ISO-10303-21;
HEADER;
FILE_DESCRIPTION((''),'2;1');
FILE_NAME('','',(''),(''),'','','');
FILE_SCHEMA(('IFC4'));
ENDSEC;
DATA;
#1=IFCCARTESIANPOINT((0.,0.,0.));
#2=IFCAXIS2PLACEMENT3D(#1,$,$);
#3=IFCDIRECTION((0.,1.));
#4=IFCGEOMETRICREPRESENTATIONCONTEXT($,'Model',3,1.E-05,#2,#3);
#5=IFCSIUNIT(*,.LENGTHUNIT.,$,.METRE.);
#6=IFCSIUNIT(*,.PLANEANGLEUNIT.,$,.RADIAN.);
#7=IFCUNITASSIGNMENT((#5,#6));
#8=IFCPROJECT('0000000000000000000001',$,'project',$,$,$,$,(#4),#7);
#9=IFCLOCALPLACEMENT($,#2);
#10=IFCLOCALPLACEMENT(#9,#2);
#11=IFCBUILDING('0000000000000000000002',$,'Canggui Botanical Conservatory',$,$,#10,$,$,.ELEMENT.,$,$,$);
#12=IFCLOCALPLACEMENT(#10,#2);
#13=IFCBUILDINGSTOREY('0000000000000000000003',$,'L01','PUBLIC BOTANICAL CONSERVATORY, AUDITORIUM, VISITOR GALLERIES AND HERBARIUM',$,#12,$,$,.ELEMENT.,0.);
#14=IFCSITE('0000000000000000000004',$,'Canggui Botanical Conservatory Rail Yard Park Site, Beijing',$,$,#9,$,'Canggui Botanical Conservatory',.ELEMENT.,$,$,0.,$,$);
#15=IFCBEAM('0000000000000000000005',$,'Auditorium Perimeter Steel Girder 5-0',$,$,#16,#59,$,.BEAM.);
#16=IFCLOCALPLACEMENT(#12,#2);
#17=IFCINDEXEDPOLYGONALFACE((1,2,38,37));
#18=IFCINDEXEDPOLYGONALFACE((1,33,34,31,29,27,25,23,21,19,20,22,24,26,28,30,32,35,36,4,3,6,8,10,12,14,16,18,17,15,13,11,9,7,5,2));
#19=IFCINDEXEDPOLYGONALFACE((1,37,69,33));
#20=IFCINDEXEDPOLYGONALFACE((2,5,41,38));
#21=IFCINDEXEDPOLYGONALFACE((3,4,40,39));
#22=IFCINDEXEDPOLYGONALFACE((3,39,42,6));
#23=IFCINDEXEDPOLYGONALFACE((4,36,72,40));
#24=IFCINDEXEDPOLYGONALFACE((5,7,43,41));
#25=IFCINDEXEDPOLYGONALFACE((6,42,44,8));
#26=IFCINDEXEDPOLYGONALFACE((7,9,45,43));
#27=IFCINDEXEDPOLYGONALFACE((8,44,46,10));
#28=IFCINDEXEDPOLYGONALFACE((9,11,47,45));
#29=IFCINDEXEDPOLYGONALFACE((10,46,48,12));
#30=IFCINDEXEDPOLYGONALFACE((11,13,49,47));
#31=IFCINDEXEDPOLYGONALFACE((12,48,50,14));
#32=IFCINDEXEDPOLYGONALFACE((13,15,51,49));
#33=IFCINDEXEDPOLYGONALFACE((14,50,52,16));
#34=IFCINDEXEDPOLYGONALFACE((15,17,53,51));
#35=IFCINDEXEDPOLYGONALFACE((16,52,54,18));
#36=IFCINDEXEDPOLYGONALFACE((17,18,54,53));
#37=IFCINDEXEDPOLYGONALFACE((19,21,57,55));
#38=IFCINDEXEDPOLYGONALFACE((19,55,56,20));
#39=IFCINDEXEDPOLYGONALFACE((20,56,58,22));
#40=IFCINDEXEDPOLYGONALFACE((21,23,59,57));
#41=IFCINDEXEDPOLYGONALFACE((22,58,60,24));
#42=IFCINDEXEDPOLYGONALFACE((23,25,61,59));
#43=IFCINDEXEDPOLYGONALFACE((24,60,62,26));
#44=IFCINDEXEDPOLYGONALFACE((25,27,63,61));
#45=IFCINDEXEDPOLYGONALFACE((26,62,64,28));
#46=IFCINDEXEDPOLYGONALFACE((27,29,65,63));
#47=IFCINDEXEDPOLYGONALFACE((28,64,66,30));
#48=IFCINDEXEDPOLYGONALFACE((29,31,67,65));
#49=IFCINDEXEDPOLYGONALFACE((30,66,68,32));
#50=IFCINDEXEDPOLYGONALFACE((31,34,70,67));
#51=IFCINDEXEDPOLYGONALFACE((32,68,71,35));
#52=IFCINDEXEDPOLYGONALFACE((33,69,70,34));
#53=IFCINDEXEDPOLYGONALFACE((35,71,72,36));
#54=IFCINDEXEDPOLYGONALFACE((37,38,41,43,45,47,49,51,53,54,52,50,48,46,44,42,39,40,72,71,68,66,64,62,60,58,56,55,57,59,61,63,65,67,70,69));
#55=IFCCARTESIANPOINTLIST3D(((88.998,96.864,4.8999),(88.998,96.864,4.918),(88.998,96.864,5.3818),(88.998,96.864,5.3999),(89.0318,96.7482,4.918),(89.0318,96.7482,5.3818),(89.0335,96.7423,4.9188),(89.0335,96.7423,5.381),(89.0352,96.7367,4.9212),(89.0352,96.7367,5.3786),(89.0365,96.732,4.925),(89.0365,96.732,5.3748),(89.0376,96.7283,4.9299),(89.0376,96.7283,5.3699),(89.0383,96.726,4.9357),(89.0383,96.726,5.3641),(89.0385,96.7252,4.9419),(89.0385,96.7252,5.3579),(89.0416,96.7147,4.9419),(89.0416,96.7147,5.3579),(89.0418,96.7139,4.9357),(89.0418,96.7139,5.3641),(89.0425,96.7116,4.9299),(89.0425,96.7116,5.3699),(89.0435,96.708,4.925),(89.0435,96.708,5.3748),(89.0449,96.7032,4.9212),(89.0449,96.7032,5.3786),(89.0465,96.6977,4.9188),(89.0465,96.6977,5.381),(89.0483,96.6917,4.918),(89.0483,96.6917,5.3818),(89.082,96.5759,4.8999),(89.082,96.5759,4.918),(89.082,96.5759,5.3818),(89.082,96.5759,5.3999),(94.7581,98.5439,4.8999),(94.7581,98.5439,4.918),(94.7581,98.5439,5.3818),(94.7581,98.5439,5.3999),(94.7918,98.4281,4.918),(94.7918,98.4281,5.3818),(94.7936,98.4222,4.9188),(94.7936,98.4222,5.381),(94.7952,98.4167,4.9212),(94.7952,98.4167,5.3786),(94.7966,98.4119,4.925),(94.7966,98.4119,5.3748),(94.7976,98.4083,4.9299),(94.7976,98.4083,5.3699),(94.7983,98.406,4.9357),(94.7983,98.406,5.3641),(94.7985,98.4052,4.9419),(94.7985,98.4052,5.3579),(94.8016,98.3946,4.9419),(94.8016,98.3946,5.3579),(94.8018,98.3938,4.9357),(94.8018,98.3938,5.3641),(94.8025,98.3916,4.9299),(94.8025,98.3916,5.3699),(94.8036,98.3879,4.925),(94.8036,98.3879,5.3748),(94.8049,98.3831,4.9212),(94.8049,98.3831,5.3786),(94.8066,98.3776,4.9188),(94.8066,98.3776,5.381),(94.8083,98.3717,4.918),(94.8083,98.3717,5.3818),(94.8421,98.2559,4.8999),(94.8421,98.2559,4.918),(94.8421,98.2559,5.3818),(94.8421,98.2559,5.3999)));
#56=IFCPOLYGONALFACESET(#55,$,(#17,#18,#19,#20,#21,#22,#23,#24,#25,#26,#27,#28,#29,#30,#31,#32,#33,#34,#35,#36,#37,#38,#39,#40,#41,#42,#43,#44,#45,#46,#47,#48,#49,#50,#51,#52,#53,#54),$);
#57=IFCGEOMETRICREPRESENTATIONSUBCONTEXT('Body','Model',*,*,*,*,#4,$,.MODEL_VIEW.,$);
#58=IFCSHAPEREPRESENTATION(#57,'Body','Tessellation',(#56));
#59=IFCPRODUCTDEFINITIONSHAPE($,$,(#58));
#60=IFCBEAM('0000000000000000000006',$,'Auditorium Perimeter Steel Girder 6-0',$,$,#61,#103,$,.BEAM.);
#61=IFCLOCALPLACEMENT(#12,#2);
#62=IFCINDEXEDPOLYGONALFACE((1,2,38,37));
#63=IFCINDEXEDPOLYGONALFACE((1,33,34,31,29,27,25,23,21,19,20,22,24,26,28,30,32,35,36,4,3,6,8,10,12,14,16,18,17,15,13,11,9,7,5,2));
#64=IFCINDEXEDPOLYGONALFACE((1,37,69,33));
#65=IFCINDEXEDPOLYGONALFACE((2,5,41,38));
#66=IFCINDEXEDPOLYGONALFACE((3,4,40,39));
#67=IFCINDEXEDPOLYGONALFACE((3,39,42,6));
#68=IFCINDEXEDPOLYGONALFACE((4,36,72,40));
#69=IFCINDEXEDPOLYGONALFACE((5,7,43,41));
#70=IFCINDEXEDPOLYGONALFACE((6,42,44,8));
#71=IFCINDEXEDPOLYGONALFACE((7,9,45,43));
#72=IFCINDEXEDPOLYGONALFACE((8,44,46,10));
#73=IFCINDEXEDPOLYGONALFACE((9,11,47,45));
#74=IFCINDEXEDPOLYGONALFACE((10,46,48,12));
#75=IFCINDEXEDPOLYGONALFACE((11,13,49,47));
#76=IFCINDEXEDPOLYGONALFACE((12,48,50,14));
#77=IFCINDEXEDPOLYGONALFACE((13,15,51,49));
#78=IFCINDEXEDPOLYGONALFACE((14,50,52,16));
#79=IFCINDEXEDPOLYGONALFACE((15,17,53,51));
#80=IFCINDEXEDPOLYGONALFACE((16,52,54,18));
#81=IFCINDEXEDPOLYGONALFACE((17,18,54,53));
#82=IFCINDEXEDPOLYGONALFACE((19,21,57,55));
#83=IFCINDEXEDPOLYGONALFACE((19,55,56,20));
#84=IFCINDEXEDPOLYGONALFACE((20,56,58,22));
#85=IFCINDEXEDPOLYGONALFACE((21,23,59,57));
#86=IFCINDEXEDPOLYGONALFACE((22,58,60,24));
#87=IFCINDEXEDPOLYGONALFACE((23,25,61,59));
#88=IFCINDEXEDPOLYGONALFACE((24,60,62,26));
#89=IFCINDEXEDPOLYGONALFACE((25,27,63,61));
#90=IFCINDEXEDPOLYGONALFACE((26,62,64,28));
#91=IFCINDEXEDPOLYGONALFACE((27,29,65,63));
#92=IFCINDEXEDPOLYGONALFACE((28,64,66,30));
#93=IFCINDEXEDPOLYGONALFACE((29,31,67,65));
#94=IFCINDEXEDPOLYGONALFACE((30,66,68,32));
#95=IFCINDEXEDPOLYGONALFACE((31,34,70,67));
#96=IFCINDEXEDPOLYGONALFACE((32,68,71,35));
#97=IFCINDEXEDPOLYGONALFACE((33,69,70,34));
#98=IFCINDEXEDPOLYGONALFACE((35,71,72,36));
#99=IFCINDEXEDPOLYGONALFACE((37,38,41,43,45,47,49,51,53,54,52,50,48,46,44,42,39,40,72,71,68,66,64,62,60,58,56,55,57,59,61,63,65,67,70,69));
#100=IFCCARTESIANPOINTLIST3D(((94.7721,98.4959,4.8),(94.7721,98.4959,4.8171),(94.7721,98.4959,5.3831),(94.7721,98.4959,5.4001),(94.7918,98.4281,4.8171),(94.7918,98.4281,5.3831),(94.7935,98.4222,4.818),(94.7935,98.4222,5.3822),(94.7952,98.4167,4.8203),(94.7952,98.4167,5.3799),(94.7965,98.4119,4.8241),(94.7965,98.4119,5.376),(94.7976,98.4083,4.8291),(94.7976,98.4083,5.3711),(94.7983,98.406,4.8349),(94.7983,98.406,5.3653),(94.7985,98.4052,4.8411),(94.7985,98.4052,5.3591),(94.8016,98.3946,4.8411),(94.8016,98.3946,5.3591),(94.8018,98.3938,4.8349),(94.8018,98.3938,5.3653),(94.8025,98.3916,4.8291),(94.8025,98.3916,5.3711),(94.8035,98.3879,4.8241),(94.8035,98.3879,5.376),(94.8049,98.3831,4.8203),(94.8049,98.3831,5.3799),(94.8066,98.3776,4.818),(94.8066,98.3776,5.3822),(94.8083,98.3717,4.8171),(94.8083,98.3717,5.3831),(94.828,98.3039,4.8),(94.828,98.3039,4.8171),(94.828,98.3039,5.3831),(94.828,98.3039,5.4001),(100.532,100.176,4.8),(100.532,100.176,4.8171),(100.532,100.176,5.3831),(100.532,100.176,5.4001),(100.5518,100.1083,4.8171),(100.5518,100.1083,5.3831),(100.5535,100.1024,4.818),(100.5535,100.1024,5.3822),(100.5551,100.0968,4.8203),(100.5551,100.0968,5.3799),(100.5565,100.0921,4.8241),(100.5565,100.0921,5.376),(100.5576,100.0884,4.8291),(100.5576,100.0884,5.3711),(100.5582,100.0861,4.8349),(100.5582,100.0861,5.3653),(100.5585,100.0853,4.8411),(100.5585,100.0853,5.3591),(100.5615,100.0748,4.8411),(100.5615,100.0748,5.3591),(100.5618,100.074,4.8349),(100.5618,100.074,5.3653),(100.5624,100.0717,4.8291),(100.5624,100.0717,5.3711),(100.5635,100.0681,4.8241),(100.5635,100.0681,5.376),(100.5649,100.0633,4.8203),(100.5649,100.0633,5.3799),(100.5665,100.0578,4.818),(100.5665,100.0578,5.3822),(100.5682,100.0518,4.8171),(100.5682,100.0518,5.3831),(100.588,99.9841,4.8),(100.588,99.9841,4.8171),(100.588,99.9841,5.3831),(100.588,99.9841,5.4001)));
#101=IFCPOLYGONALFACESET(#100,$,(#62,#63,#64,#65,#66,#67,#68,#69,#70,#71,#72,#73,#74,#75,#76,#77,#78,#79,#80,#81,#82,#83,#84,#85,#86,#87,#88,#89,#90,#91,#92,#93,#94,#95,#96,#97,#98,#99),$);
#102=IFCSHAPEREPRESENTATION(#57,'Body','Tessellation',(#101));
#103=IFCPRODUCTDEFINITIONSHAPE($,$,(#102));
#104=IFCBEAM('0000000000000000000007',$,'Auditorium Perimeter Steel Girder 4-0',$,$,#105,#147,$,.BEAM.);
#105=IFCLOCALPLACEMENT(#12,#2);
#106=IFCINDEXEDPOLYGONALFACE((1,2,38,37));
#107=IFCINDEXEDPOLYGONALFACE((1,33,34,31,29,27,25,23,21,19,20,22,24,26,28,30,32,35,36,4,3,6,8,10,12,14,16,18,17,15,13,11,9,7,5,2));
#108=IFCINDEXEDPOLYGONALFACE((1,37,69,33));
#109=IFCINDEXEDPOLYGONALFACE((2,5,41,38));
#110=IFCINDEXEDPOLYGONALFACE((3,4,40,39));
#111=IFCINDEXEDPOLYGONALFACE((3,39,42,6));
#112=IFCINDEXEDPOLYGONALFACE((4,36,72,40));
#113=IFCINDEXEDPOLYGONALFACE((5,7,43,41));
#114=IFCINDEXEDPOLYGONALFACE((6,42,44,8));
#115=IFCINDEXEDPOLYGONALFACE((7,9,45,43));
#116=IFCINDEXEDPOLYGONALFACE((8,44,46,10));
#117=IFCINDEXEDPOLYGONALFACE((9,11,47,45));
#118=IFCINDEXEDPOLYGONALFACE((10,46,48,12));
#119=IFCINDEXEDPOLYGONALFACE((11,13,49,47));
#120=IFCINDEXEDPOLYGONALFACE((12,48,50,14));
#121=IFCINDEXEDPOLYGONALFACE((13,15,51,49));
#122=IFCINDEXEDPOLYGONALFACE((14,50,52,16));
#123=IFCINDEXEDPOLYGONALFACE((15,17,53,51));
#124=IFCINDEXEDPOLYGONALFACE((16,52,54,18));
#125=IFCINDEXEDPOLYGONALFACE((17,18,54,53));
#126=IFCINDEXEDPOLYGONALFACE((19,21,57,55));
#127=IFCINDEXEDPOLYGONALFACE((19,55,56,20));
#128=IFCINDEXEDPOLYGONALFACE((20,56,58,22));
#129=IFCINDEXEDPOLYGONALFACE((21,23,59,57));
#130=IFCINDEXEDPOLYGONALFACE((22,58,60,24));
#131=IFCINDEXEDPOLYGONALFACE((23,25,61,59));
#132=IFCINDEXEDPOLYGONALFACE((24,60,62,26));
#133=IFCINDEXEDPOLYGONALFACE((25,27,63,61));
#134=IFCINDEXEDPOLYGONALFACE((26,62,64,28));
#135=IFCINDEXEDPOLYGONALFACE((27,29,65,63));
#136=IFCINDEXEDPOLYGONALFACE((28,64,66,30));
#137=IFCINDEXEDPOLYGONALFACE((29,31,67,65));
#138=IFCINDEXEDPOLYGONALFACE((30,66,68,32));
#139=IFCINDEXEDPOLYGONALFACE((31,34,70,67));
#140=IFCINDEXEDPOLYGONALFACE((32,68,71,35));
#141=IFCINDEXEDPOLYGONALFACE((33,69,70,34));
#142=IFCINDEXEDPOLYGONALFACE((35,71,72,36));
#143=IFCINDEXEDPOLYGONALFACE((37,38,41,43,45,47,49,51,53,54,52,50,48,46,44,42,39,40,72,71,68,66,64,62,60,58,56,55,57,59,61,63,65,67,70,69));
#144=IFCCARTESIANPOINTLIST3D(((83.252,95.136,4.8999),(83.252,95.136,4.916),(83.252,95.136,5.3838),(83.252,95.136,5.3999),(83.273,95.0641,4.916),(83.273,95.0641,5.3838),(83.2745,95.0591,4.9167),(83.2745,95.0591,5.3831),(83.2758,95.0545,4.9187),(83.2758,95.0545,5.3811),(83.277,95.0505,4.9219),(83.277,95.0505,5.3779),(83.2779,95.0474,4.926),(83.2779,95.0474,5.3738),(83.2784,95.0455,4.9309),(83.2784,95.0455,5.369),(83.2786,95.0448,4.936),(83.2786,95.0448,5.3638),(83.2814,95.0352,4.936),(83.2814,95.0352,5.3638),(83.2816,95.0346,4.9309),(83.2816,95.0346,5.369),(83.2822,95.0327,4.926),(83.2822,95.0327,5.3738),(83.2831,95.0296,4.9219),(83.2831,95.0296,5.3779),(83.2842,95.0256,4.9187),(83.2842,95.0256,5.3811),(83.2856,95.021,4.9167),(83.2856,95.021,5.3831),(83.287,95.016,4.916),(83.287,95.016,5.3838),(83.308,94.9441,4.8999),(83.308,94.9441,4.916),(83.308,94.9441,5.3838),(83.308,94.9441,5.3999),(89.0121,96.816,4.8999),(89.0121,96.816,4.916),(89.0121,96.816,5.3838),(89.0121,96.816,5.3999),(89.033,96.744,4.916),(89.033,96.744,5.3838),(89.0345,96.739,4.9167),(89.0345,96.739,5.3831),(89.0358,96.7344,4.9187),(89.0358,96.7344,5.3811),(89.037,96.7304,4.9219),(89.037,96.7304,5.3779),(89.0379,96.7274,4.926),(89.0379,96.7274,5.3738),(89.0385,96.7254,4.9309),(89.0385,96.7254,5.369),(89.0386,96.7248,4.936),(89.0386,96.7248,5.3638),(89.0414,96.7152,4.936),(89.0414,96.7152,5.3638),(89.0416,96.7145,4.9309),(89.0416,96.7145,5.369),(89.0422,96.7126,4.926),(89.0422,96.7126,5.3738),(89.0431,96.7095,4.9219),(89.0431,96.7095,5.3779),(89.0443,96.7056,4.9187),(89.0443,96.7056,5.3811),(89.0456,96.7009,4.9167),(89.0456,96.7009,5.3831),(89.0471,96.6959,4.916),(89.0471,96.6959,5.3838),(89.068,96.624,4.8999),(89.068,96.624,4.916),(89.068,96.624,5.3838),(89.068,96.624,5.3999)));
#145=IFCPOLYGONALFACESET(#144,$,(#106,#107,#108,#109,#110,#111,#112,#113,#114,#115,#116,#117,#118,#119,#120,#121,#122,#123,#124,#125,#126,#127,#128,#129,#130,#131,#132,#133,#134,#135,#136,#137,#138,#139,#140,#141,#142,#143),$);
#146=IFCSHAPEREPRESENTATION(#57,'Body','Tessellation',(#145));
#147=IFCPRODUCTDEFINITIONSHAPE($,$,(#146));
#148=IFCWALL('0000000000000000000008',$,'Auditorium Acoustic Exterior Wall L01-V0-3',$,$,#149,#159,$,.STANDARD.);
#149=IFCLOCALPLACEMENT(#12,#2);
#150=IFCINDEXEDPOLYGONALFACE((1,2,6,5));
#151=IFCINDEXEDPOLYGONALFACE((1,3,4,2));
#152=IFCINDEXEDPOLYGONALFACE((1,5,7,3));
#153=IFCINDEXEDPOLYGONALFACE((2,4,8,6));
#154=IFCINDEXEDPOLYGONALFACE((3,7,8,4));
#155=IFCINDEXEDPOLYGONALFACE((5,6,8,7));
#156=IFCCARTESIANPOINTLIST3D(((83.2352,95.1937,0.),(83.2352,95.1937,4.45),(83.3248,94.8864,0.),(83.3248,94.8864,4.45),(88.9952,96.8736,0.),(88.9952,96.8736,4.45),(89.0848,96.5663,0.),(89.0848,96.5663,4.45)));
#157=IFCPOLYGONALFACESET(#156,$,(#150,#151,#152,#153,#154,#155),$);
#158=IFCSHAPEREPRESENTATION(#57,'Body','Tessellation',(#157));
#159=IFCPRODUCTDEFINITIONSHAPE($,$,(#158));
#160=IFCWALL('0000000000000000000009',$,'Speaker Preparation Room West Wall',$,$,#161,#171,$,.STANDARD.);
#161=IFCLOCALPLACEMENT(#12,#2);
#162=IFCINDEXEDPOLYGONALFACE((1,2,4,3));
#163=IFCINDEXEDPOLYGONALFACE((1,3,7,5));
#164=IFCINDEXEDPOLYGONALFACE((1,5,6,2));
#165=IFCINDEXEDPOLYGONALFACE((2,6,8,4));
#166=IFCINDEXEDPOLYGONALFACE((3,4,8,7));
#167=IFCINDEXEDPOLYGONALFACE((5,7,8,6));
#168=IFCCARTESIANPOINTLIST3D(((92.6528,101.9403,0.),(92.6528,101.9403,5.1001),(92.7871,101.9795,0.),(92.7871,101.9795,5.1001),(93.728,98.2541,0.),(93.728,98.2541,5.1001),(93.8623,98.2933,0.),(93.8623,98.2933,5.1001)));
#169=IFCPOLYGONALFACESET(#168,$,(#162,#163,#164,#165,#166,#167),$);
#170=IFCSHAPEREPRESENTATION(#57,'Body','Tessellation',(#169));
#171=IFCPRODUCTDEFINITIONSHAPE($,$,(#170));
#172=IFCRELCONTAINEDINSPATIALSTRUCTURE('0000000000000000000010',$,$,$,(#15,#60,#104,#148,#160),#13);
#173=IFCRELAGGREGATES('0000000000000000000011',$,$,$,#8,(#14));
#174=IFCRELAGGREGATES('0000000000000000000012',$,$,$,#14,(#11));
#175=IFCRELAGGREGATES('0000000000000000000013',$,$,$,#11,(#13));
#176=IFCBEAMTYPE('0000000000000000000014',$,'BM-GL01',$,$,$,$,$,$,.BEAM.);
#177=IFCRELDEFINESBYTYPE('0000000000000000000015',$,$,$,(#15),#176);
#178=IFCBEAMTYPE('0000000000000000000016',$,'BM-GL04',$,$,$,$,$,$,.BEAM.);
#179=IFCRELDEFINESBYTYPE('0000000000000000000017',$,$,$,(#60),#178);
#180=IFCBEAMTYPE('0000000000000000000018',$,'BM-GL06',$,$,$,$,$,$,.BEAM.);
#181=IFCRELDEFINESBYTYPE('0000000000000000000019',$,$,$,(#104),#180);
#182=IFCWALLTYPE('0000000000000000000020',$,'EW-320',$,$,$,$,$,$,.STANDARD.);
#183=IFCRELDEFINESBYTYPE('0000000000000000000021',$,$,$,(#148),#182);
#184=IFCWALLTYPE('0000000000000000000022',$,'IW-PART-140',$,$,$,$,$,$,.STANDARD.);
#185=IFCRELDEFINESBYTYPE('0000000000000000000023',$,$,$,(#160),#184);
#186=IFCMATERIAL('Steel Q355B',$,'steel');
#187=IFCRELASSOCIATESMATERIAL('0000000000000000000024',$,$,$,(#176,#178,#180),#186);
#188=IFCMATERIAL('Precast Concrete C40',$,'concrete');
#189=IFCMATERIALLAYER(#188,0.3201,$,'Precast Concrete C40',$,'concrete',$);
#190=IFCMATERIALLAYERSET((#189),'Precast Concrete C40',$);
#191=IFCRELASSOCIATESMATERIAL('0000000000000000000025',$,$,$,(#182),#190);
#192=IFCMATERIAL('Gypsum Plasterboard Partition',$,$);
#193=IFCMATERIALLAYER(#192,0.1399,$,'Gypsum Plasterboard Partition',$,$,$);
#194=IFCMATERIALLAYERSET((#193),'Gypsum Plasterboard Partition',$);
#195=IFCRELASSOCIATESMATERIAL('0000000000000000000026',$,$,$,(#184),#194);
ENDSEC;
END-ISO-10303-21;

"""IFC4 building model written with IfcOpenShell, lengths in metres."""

from ifc_helpers import new_model, si_unit, direction, frame, frame_2d, origin, origin_2d, place, context, subcontext, project, spatial, rectangle, i_section, extrude, material, layer, layer_set, material_profile, profile_set, type_object, element, save


model = new_model("IFC4")

# Units and contexts
model_context = context("Model", 3, precision=1e-05, world=origin(), true_north=direction((0.0, 1.0)))
body_context = subcontext(model_context, "Body", "Model", "MODEL_VIEW")
ifc_project = project(units=[si_unit("LENGTHUNIT", "METRE"), si_unit("PLANEANGLEUNIT", "RADIAN")], contexts=[model_context])

# Site, building, storey
site_placement = place(None, origin())
site = spatial("IfcSite", under=ifc_project, at=site_placement, Name="Canggui Botanical Conservatory Rail Yard Park Site, Beijing", LongName="Canggui Botanical Conservatory", CompositionType="ELEMENT", RefElevation=0.0)
building_placement = place(site_placement, origin())
building = spatial("IfcBuilding", under=site, at=building_placement, Name="Canggui Botanical Conservatory", CompositionType="ELEMENT")
storey_placement = place(building_placement, origin())
storey = spatial("IfcBuildingStorey", under=building, at=storey_placement, Name="L01", Description="PUBLIC BOTANICAL CONSERVATORY, AUDITORIUM, VISITOR GALLERIES AND HERBARIUM", CompositionType="ELEMENT", Elevation=0.0)

# Beams
ifc_material_1 = material(Name="Steel Q355B", Category="steel")
ifc_material_profile_1 = material_profile(ifc_material_1, i_section(OverallWidth=0.3, OverallDepth=0.5, WebThickness=0.011, FlangeThickness=0.0181, FilletRadius=0.0239, at=origin_2d()), Name="HM 500x300x11x18")
ifc_profile_set_1 = profile_set([ifc_material_profile_1], Name="Steel Q355B")
beam_type_1 = type_object("IfcBeamType", Name="BM-GL01", PredefinedType="BEAM", material=ifc_profile_set_1)
beam_1_placement = place(storey_placement, frame((89.04, 96.72, 5.1499), z_axis=(0.960003, 0.279989, 0.0), x_axis=(-0.279989, 0.960003, 0.0)))
element("IfcBeam", 1, at=beam_1_placement, inside=storey, type_object=beam_type_1, Name="Auditorium Perimeter Steel Girder 5-0", PredefinedType="BEAM", context=body_context, shape_type="SweptSolid", body=[
    extrude(i_section(OverallWidth=0.3, OverallDepth=0.5, WebThickness=0.011, FlangeThickness=0.0181, FilletRadius=0.0239, at=origin_2d()), origin(), (0.0, 0.0, 1.0), 6.0),
])
ifc_material_profile_2 = material_profile(ifc_material_1, i_section(OverallWidth=0.2, OverallDepth=0.6001, WebThickness=0.011, FlangeThickness=0.0171, FilletRadius=0.0239, at=origin_2d()), Name="HN 600x200x11x17")
ifc_profile_set_2 = profile_set([ifc_material_profile_2], Name="Steel Q355B")
beam_type_2 = type_object("IfcBeamType", Name="BM-GL04", PredefinedType="BEAM", material=ifc_profile_set_2)
beam_2_placement = place(storey_placement, frame((94.8, 98.3999, 5.1001), z_axis=(0.959992, 0.280027, 0.0), x_axis=(-0.280027, 0.959992, 0.0)))
element("IfcBeam", 2, at=beam_2_placement, inside=storey, type_object=beam_type_2, Name="Auditorium Perimeter Steel Girder 6-0", PredefinedType="BEAM", context=body_context, shape_type="SweptSolid", body=[
    extrude(i_section(OverallWidth=0.2, OverallDepth=0.6001, WebThickness=0.011, FlangeThickness=0.0171, FilletRadius=0.0239, at=origin_2d()), origin(), (0.0, 0.0, 1.0), 6.0),
])
ifc_material_profile_3 = material_profile(ifc_material_1, i_section(OverallWidth=0.2, OverallDepth=0.5, WebThickness=0.01, FlangeThickness=0.0161, FilletRadius=0.02, at=origin_2d()), Name="HN 500x200x10x16")
ifc_profile_set_3 = profile_set([ifc_material_profile_3], Name="Steel Q355B")
beam_type_3 = type_object("IfcBeamType", Name="BM-GL06", PredefinedType="BEAM", material=ifc_profile_set_3)
beam_3_placement = place(storey_placement, frame((83.28, 95.04, 5.1499), z_axis=(0.960003, 0.279989, 0.0), x_axis=(-0.279989, 0.960003, 0.0)))
element("IfcBeam", 3, at=beam_3_placement, inside=storey, type_object=beam_type_3, Name="Auditorium Perimeter Steel Girder 4-0", PredefinedType="BEAM", context=body_context, shape_type="SweptSolid", body=[
    extrude(i_section(OverallWidth=0.2, OverallDepth=0.5, WebThickness=0.01, FlangeThickness=0.0161, FilletRadius=0.02, at=origin_2d()), origin(), (0.0, 0.0, 1.0), 6.0),
])

# Shared definitions
ifc_material_2 = material(Name="Precast Concrete C40", Category="concrete")
ifc_layer_1 = layer(ifc_material_2, 0.3201, Name="Precast Concrete C40", Category="concrete")
ifc_layer_set_1 = layer_set([ifc_layer_1], Name="Precast Concrete C40")
wall_type_1 = type_object("IfcWallType", Name="EW-320", PredefinedType="STANDARD", material=ifc_layer_set_1)

# Wall
wall_1_placement = place(storey_placement, frame((89.04, 96.72, 0.0), z_axis=(0.0, 0.0, 1.0), x_axis=(-0.960003, -0.279989, 0.0)))
element("IfcWall", 4, at=wall_1_placement, inside=storey, type_object=wall_type_1, Name="Auditorium Acoustic Exterior Wall L01-V0-3", PredefinedType="STANDARD", context=body_context, shape_type="SweptSolid", body=[
    extrude(rectangle(XDim=6.0, YDim=0.3201, at=frame_2d((3.0, 0.0))), origin(), (0.0, 0.0, 1.0), 4.45),
])

# Wall
ifc_material_3 = material(Name="Gypsum Plasterboard Partition")
ifc_layer_2 = layer(ifc_material_3, 0.1399, Name="Gypsum Plasterboard Partition")
ifc_layer_set_2 = layer_set([ifc_layer_2], Name="Gypsum Plasterboard Partition")
wall_type_2 = type_object("IfcWallType", Name="IW-PART-140", PredefinedType="STANDARD", material=ifc_layer_set_2)
wall_2_placement = place(storey_placement, frame((93.7952, 98.2737, 0.0), z_axis=(0.0, 0.0, 1.0), x_axis=(-0.280007, 0.959998, 0.0)))
element("IfcWall", 5, at=wall_2_placement, inside=storey, type_object=wall_type_2, Name="Speaker Preparation Room West Wall", PredefinedType="STANDARD", context=body_context, shape_type="SweptSolid", body=[
    extrude(rectangle(XDim=3.8398, YDim=0.1399, at=frame_2d((1.9199, 0.0))), origin(), (0.0, 0.0, 1.0), 5.1001),
])

save(model, "model.ifc")
